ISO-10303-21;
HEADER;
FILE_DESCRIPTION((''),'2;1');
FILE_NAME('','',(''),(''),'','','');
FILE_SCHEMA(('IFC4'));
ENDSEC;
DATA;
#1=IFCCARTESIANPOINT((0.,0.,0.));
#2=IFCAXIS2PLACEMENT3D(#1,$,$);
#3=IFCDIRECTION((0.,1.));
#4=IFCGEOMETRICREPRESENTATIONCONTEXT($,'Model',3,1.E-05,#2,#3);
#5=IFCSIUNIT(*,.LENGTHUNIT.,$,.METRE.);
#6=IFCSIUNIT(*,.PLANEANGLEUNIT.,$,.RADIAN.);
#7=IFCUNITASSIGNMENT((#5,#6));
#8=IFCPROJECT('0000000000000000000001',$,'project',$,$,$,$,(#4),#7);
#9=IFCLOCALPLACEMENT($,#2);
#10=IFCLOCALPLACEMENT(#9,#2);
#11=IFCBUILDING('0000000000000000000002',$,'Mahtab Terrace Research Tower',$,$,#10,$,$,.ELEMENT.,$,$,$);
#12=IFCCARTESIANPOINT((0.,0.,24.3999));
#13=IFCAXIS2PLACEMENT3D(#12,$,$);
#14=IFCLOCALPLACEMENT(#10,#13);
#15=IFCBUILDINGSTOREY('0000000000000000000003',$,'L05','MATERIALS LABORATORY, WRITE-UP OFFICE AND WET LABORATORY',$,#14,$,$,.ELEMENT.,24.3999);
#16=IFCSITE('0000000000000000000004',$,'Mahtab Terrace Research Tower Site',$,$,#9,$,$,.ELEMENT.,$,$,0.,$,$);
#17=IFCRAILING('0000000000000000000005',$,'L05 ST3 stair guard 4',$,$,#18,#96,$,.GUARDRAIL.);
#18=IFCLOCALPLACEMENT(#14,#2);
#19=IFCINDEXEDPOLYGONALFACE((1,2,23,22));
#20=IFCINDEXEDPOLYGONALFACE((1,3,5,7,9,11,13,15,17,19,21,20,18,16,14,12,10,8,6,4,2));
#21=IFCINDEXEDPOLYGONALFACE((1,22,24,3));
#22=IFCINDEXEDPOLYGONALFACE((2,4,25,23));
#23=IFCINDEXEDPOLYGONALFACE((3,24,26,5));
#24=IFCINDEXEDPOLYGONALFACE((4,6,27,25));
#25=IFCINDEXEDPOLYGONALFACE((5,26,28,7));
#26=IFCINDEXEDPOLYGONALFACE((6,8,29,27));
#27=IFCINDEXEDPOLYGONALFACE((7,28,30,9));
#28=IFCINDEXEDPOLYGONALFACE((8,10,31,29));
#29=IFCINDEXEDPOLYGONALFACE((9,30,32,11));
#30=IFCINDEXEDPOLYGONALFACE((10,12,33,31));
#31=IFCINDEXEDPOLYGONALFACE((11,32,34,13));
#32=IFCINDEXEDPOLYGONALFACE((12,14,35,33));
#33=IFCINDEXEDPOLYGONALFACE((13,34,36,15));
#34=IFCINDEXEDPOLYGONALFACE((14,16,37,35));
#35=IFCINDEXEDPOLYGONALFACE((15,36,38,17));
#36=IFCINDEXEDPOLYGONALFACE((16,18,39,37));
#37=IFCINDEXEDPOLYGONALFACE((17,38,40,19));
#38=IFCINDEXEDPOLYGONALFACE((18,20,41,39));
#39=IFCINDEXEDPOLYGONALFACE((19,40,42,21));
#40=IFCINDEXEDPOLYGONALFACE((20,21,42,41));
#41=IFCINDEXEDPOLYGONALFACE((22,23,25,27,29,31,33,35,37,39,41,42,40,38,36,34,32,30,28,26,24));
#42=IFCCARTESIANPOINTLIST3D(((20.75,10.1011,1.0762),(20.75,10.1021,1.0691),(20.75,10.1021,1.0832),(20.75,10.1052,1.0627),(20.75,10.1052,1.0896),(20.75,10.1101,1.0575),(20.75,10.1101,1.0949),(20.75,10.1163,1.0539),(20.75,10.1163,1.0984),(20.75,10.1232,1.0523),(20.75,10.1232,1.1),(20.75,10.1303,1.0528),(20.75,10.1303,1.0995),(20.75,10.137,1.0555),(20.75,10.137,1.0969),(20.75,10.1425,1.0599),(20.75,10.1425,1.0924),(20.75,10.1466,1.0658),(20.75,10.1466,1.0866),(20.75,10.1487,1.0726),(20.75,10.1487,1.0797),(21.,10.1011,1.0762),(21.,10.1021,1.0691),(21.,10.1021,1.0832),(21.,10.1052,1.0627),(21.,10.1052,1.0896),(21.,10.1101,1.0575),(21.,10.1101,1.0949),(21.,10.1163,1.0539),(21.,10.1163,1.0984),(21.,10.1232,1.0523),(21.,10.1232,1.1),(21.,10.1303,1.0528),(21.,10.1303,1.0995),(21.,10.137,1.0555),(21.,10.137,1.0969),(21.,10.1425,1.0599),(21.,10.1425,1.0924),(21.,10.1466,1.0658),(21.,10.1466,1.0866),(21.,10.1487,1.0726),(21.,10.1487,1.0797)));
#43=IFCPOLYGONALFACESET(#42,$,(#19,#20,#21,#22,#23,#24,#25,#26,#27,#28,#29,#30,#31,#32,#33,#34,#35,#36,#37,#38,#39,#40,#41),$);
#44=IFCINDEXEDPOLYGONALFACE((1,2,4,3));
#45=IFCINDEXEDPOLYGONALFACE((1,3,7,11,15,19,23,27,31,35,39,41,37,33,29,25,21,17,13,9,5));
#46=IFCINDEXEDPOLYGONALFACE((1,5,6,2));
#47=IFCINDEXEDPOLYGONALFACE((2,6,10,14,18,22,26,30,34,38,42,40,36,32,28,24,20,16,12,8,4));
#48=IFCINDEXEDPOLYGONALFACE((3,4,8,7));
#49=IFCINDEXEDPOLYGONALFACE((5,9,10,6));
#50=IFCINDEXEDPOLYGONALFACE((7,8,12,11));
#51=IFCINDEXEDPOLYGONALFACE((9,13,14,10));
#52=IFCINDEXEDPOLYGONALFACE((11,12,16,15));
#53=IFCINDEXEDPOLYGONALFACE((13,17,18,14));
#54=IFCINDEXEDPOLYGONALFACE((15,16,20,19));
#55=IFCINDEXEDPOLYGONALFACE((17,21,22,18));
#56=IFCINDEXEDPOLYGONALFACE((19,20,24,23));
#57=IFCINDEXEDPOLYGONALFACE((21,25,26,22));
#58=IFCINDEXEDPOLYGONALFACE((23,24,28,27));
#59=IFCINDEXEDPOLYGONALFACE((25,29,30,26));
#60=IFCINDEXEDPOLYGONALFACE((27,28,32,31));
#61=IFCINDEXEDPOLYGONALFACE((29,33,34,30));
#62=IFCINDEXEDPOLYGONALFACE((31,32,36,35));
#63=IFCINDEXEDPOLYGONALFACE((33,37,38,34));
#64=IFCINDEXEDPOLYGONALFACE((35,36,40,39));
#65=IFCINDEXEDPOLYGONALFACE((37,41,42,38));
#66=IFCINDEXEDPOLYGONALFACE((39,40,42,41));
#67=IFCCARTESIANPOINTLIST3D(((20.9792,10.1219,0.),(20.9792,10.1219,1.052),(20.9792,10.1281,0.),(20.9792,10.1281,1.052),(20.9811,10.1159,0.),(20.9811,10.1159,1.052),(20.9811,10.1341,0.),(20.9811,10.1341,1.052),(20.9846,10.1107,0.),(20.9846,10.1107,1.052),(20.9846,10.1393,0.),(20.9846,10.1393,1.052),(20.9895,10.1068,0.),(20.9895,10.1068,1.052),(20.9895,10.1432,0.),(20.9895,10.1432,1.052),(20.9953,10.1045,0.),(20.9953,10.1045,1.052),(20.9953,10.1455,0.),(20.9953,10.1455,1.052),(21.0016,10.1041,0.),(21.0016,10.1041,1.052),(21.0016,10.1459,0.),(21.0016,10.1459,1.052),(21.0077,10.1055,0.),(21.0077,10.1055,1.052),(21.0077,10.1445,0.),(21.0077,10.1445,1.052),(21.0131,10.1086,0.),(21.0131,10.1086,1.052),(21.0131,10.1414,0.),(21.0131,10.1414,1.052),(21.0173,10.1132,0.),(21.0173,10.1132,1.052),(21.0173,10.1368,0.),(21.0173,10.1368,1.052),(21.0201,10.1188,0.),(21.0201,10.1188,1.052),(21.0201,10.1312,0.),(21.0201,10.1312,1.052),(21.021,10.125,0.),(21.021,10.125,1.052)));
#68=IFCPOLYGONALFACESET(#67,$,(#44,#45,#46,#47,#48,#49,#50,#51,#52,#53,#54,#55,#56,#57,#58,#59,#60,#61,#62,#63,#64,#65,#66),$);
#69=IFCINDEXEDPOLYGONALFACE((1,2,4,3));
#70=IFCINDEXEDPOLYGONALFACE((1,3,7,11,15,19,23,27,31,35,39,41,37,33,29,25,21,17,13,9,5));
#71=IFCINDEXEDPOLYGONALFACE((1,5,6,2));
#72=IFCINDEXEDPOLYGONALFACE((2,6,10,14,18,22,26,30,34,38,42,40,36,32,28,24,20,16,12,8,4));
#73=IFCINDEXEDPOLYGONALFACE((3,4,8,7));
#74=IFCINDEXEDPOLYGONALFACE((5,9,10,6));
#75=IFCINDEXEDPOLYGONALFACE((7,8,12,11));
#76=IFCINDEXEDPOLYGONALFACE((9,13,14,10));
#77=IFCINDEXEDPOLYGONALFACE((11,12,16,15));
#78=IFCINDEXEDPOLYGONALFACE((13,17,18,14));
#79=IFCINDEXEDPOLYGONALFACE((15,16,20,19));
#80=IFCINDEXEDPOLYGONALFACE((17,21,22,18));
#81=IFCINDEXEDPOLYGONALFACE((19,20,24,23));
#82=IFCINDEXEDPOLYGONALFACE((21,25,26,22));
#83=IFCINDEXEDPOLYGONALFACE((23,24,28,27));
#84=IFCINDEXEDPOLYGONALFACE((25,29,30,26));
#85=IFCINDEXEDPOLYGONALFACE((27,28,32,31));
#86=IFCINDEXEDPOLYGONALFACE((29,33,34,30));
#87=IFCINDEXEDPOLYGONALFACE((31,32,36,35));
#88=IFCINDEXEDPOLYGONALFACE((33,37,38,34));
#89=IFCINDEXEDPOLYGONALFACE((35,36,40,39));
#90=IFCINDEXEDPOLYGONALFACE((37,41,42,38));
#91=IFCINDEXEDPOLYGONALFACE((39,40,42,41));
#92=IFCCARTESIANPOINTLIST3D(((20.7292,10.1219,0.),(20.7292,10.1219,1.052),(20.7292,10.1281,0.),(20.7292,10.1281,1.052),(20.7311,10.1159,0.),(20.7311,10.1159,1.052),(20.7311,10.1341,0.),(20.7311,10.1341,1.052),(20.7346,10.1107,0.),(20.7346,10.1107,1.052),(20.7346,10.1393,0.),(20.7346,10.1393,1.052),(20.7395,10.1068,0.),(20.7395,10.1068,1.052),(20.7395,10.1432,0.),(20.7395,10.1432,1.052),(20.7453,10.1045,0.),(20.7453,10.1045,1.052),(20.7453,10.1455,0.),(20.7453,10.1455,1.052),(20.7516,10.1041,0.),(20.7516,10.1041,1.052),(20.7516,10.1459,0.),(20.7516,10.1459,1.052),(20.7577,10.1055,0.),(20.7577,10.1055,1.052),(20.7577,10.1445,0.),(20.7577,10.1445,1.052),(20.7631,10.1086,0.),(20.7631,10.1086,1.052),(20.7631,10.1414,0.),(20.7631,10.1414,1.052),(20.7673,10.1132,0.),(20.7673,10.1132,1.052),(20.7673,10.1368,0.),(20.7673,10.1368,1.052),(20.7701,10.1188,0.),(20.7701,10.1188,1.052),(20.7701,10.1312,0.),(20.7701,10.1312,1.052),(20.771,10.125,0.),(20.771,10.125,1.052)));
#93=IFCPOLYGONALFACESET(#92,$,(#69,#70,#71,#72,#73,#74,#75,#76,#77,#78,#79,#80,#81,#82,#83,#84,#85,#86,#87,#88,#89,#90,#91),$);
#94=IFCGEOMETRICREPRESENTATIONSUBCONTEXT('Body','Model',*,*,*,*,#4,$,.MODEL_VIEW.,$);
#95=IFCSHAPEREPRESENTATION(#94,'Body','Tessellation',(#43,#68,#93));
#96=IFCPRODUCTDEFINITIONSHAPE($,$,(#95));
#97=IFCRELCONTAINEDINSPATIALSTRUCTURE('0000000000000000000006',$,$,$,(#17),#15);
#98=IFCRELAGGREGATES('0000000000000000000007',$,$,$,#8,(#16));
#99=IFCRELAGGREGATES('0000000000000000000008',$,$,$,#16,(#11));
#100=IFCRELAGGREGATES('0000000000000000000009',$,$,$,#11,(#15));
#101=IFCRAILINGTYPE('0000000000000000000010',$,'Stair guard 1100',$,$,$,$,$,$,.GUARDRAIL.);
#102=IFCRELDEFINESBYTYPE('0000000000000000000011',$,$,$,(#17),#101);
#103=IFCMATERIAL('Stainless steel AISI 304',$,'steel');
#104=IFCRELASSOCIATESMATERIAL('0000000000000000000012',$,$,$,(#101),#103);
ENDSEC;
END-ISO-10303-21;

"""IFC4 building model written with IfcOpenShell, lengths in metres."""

from ifc_helpers import new_model, si_unit, direction, frame, origin, origin_2d, place, context, subcontext, project, spatial, circle, extrude, material, type_object, element, save


model = new_model("IFC4")

# Units and contexts
model_context = context("Model", 3, precision=1e-05, world=origin(), true_north=direction((0.0, 1.0)))
body_context = subcontext(model_context, "Body", "Model", "MODEL_VIEW")
ifc_project = project(units=[si_unit("LENGTHUNIT", "METRE"), si_unit("PLANEANGLEUNIT", "RADIAN")], contexts=[model_context])

# Site, building, storey
site_placement = place(None, origin())
site = spatial("IfcSite", under=ifc_project, at=site_placement, Name="Mahtab Terrace Research Tower Site", CompositionType="ELEMENT", RefElevation=0.0)
building_placement = place(site_placement, origin())
building = spatial("IfcBuilding", under=site, at=building_placement, Name="Mahtab Terrace Research Tower", CompositionType="ELEMENT")
storey_placement = place(building_placement, frame((0.0, 0.0, 24.3999)))
storey = spatial("IfcBuildingStorey", under=building, at=storey_placement, Name="L05", Description="MATERIALS LABORATORY, WRITE-UP OFFICE AND WET LABORATORY", CompositionType="ELEMENT", Elevation=24.3999)

# Railing
ifc_material_1 = material(Name="Stainless steel AISI 304", Category="steel")
railing_type_1 = type_object("IfcRailingType", Name="Stair guard 1100", PredefinedType="GUARDRAIL", material=ifc_material_1)
railing_1_placement = place(storey_placement, frame((21.0, 10.125, 0.0)))
element("IfcRailing", 1, at=railing_1_placement, inside=storey, type_object=railing_type_1, Name="L05 ST3 stair guard 4", PredefinedType="GUARDRAIL", context=body_context, shape_type="SweptSolid", body=[
    extrude(circle(Radius=0.0239, at=origin_2d()), frame((0.0, 0.0, 1.0762), z_axis=(-1.0, 0.0, 0.0), x_axis=(0.0, -1.0, 0.0)), (0.0, 0.0, 1.0), 0.25),
    extrude(circle(Radius=0.021, at=origin_2d()), origin(), (0.0, 0.0, 1.0), 1.052),
    extrude(circle(Radius=0.021, at=origin_2d()), frame((-0.25, 0.0, 0.0)), (0.0, 0.0, 1.0), 1.052),
])

save(model, "model.ifc")
